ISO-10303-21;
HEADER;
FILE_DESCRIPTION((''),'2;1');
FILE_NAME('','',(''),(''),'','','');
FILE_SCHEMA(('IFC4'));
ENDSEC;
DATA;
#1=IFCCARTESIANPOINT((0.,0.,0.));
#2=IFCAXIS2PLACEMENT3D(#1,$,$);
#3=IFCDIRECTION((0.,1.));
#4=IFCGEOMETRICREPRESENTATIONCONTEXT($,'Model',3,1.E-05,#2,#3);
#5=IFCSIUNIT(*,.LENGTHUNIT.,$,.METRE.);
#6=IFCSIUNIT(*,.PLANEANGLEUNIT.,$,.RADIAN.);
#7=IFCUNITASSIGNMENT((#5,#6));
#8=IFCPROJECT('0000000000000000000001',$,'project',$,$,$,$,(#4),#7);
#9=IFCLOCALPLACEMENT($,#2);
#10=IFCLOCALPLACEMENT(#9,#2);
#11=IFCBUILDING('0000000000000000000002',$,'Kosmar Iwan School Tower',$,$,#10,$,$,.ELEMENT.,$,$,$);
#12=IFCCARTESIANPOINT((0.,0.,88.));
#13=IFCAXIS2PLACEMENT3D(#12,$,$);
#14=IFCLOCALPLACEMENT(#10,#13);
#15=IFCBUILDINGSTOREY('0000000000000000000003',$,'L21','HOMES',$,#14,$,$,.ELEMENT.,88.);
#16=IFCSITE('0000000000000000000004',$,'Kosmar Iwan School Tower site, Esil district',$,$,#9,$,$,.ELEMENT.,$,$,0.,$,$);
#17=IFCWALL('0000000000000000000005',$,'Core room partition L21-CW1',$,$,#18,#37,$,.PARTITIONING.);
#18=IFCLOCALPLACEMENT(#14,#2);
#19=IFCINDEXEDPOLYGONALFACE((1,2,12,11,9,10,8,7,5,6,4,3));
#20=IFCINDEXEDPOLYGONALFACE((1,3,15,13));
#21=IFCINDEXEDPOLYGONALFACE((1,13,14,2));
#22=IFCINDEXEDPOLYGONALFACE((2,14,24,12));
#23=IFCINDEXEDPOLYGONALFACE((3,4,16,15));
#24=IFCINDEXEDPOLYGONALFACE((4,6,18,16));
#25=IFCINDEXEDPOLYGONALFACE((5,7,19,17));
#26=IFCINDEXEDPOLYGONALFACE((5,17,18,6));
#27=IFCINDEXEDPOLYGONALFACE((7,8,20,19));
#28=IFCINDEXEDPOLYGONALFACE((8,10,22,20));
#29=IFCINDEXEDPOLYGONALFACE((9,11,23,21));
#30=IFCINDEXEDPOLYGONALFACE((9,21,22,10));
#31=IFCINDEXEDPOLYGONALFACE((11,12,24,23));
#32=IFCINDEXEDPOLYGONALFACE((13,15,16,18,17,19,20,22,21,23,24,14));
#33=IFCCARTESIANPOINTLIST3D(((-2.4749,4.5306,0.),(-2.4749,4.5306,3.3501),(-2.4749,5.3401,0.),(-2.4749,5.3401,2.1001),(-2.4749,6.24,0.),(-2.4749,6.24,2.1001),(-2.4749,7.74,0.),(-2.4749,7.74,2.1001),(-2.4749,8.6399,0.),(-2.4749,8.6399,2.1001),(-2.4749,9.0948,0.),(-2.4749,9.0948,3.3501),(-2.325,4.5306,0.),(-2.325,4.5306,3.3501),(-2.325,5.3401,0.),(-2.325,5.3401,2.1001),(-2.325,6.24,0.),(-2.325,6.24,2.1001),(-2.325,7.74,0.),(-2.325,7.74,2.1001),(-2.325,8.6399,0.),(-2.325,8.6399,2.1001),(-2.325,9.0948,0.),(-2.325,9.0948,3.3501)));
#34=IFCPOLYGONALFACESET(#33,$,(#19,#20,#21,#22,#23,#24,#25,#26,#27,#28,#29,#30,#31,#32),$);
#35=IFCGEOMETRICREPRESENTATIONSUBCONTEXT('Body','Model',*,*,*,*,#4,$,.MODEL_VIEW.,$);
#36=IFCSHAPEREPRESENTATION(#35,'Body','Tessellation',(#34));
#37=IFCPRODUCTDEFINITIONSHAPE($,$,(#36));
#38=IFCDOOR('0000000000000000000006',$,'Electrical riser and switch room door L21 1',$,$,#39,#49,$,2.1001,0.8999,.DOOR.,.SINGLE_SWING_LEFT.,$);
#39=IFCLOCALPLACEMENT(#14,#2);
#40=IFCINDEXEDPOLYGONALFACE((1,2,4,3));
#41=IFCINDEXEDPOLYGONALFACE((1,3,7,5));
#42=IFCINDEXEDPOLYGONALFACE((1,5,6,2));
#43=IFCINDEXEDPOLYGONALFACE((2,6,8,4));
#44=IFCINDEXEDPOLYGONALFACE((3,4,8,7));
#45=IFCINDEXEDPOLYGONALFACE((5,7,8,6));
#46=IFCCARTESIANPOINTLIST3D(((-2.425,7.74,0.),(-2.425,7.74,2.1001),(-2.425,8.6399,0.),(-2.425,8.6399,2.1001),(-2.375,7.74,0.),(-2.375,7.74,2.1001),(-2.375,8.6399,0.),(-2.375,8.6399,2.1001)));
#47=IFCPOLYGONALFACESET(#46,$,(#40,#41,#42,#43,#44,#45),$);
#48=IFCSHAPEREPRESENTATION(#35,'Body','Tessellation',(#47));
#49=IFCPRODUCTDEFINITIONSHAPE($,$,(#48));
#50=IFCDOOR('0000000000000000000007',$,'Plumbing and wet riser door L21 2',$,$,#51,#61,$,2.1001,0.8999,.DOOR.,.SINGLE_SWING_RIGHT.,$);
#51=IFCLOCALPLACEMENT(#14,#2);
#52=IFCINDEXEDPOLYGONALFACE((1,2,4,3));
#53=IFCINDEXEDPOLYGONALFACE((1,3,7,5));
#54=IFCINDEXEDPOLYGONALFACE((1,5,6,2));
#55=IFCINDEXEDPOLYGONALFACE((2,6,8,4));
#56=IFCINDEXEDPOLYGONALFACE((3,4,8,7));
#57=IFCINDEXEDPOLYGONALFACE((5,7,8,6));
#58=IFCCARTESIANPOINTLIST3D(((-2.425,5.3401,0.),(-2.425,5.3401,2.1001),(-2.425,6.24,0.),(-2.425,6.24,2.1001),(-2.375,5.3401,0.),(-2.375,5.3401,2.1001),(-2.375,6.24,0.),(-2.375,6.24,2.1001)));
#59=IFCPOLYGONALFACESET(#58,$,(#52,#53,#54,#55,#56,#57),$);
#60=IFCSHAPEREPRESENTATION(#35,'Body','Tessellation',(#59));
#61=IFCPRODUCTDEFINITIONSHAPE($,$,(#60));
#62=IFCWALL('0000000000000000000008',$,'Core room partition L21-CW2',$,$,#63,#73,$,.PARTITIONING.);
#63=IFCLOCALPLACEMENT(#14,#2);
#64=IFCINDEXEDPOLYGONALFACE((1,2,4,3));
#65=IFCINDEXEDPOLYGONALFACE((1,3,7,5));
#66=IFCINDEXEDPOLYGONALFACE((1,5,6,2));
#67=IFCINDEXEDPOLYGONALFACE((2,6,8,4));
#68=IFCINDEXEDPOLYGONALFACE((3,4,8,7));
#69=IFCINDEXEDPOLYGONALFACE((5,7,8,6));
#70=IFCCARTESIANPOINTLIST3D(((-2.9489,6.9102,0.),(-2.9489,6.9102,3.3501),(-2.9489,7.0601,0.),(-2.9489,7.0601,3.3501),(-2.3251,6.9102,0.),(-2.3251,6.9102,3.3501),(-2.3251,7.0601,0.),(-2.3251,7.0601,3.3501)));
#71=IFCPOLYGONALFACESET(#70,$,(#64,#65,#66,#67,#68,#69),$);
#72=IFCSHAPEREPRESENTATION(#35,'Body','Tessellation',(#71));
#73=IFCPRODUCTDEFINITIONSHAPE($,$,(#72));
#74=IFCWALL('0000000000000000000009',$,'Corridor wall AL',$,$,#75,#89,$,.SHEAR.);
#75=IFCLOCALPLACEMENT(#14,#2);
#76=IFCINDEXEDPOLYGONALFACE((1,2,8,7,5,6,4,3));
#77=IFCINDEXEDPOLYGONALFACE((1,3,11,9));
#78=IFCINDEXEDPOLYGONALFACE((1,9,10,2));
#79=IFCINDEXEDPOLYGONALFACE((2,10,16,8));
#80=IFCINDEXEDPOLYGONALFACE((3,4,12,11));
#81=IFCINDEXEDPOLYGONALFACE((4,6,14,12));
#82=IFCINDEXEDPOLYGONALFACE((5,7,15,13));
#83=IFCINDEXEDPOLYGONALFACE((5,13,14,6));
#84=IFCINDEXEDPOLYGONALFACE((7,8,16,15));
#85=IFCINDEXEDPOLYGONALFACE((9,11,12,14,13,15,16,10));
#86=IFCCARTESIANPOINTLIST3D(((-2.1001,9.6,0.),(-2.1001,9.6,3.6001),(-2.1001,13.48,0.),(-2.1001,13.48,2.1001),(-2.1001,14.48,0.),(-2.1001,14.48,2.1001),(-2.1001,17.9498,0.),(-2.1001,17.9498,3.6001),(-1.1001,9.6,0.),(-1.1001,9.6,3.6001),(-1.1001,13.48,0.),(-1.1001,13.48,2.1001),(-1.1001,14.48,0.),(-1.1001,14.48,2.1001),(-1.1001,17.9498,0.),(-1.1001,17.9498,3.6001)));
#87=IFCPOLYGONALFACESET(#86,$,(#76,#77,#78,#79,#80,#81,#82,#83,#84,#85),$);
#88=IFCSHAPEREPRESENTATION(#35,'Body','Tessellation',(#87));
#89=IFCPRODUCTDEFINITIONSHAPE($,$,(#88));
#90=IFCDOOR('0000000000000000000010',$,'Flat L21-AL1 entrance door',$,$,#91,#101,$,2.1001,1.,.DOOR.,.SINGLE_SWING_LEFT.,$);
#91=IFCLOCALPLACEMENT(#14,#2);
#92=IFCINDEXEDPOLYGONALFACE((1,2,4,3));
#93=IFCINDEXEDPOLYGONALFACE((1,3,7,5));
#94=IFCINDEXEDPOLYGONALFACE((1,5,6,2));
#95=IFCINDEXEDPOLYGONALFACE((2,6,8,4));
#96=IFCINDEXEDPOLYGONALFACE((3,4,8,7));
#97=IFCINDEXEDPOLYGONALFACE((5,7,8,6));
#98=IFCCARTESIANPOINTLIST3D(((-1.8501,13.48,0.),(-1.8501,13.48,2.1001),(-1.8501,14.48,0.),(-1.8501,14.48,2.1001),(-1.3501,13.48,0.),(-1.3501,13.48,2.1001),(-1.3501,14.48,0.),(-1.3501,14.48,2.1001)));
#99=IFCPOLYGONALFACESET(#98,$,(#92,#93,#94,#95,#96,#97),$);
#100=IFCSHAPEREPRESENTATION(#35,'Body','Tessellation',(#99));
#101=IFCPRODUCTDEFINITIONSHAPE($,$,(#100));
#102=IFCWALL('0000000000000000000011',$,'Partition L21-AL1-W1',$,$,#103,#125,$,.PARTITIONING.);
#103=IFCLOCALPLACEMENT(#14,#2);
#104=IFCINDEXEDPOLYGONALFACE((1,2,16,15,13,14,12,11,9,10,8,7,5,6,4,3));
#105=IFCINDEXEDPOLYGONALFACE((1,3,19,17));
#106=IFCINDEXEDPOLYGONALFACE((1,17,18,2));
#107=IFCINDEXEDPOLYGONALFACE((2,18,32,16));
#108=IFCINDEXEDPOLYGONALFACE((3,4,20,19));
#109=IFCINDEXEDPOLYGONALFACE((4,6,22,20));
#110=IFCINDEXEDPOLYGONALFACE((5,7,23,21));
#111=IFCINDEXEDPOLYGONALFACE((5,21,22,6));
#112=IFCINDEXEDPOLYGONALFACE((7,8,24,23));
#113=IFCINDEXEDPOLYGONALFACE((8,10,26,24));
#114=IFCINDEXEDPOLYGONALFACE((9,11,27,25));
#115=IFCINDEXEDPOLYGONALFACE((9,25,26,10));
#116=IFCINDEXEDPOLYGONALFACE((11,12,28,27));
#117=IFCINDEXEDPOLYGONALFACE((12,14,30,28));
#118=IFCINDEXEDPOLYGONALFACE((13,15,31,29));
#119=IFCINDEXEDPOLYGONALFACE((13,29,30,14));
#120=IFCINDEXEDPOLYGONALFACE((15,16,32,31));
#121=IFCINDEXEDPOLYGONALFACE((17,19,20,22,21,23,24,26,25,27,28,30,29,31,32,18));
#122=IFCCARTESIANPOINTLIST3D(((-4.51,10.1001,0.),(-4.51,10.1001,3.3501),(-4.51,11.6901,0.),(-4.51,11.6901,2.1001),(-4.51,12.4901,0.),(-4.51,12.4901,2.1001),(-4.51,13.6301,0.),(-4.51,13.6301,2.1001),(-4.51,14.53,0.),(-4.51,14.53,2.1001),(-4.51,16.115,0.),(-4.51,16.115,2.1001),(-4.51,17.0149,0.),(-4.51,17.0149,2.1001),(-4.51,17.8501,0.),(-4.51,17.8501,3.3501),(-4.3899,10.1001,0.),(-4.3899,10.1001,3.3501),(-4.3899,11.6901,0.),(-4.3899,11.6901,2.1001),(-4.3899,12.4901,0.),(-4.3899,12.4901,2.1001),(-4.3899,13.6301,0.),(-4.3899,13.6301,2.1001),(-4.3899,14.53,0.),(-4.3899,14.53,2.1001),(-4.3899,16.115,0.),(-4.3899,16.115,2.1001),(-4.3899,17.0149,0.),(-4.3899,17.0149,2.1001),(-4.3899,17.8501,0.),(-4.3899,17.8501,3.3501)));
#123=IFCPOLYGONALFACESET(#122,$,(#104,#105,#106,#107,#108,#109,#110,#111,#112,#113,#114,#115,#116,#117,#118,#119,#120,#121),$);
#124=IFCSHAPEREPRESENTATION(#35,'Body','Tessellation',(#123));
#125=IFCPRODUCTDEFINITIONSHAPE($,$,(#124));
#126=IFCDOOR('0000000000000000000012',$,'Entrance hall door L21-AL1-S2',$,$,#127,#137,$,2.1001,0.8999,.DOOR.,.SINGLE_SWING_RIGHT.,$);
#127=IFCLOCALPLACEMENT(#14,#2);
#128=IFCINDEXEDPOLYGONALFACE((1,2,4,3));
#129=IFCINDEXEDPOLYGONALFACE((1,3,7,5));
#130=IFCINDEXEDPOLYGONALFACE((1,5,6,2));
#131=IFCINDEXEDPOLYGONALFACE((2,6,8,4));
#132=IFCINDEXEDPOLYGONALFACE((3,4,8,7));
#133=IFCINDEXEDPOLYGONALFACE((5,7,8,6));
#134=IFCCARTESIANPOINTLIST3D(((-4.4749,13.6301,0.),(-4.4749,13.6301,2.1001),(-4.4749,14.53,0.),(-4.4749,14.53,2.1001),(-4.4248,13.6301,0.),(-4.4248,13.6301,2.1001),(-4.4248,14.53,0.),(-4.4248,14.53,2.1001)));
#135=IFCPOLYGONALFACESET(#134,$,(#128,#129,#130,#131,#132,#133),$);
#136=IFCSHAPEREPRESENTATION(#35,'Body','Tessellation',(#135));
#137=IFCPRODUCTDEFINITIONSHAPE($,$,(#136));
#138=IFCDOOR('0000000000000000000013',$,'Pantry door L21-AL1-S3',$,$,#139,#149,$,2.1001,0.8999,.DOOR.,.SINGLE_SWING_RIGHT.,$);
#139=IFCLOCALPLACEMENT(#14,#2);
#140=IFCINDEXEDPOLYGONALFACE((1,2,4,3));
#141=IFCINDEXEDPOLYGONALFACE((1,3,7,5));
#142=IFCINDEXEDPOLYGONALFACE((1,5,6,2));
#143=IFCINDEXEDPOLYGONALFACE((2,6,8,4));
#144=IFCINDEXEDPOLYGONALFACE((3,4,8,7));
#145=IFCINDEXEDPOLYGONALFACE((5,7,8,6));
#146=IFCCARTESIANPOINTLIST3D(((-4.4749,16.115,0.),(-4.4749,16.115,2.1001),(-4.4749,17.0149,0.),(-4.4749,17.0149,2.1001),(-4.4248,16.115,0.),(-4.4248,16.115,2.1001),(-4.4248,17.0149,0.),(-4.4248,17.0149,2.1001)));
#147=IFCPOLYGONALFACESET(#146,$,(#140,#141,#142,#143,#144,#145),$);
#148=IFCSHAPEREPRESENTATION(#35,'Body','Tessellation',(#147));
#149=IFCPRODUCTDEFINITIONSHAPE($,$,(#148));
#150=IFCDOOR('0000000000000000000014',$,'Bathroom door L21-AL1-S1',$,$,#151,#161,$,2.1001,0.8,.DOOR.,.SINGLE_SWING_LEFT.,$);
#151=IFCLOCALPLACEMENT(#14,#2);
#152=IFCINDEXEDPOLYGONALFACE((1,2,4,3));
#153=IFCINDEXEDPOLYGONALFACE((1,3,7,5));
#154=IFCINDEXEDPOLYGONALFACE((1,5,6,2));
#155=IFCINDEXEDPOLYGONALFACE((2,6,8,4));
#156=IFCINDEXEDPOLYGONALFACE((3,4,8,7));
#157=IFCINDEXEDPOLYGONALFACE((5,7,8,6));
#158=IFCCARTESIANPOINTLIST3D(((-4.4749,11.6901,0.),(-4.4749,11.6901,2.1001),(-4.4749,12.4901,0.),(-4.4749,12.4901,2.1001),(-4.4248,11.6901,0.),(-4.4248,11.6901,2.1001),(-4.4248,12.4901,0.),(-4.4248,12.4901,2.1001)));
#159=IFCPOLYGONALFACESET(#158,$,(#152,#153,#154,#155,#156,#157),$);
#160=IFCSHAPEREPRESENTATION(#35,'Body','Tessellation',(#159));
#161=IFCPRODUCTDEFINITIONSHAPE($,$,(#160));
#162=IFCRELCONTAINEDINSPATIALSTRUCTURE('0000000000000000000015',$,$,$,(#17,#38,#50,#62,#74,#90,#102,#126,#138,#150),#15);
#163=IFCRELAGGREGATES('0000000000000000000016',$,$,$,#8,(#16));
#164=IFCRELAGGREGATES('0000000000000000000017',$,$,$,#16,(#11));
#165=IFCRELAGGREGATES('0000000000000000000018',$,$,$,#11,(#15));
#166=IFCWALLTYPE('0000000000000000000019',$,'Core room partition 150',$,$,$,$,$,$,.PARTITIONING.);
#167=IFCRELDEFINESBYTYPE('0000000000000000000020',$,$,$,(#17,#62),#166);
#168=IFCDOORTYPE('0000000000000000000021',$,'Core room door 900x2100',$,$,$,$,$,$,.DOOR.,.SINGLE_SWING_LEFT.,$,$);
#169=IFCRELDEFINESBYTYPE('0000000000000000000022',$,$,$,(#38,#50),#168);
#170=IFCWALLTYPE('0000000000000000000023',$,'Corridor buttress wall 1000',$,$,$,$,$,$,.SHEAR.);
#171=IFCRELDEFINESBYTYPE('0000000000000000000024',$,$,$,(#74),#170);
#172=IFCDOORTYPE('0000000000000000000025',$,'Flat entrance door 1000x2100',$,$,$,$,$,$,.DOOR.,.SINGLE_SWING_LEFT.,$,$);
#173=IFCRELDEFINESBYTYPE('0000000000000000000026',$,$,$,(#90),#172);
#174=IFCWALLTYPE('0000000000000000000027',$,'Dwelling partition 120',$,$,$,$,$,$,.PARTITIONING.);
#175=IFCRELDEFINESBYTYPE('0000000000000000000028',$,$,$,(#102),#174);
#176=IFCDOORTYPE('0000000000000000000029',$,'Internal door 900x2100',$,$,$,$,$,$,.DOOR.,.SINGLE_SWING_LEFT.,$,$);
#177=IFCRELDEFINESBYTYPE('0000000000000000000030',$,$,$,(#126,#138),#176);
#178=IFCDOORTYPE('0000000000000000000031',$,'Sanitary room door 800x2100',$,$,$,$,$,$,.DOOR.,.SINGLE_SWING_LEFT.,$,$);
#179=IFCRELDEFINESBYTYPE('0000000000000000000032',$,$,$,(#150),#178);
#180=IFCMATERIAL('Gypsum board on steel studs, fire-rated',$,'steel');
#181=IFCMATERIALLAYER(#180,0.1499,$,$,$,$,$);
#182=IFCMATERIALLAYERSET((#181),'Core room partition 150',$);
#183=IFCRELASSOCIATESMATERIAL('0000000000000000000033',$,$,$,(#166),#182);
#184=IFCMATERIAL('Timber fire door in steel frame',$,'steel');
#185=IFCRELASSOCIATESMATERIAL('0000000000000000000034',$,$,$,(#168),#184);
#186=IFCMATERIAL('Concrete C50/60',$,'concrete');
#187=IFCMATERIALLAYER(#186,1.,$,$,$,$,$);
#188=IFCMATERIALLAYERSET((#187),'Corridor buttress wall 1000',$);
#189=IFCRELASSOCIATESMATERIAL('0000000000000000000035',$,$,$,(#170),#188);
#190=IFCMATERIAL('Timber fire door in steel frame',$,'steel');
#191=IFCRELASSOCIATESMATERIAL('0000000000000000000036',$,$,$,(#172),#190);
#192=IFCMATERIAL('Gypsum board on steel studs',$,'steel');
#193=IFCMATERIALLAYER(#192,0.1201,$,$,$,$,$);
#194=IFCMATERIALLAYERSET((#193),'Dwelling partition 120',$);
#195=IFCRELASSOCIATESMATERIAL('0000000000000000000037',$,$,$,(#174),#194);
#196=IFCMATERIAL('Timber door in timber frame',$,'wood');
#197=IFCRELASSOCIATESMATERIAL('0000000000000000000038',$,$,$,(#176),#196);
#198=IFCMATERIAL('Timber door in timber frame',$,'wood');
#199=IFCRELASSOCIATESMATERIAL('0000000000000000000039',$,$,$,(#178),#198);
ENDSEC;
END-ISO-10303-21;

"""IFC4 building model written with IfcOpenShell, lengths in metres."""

from ifc_helpers import new_model, si_unit, direction, frame, frame_2d, origin, place, context, subcontext, project, spatial, rectangle, extrude, material, layer, layer_set, type_object, element, fill, save


model = new_model("IFC4")

# Units and contexts
model_context = context("Model", 3, precision=1e-05, world=origin(), true_north=direction((0.0, 1.0)))
body_context = subcontext(model_context, "Body", "Model", "MODEL_VIEW")
ifc_project = project(units=[si_unit("LENGTHUNIT", "METRE"), si_unit("PLANEANGLEUNIT", "RADIAN")], contexts=[model_context])

# Site, building, storey
site_placement = place(None, origin())
site = spatial("IfcSite", under=ifc_project, at=site_placement, Name="Kosmar Iwan School Tower site, Esil district", CompositionType="ELEMENT", RefElevation=0.0)
building_placement = place(site_placement, origin())
building = spatial("IfcBuilding", under=site, at=building_placement, Name="Kosmar Iwan School Tower", CompositionType="ELEMENT")
storey_placement = place(building_placement, frame((0.0, 0.0, 88.0)))
storey = spatial("IfcBuildingStorey", under=building, at=storey_placement, Name="L21", Description="HOMES", CompositionType="ELEMENT", Elevation=88.0)

# Wall, openings, doors
ifc_material_1 = material(Name="Gypsum board on steel studs, fire-rated", Category="steel")
ifc_layer_1 = layer(ifc_material_1, 0.1499)
ifc_layer_set_1 = layer_set([ifc_layer_1], Name="Core room partition 150")
wall_type_1 = type_object("IfcWallType", Name="Core room partition 150", PredefinedType="PARTITIONING", material=ifc_layer_set_1)
wall_1_placement = place(storey_placement, frame((-2.3999, 9.095, 0.0), z_axis=(0.0, 0.0, 1.0), x_axis=(0.0, -1.0, 0.0)))
wall_1 = element("IfcWall", 1, at=wall_1_placement, inside=storey, type_object=wall_type_1, Name="Core room partition L21-CW1", PredefinedType="PARTITIONING", context=body_context, shape_type="SweptSolid", body=[
    extrude(rectangle(XDim=4.5642, YDim=0.1499, at=frame_2d((2.2822, 0.0))), origin(), (0.0, 0.0, 1.0), 3.3501),
])
opening_1_placement = place(wall_1_placement, frame((0.4551, 0.0, 0.0)))
opening_1 = element("IfcOpeningElement", 2, at=opening_1_placement, cuts=wall_1, PredefinedType="OPENING", context=body_context, shape_type="SweptSolid", body=[
    extrude(rectangle(XDim=0.8999, YDim=2.1001, at=frame_2d((0.45, 1.05))), frame((0.0, 0.0869, 0.0), z_axis=(0.0, -1.0, 0.0), x_axis=(1.0, 0.0, 0.0)), (0.0, 0.0, 1.0), 0.1738),
])
opening_2_placement = place(wall_1_placement, frame((2.855, 0.0, 0.0)))
opening_2 = element("IfcOpeningElement", 3, at=opening_2_placement, cuts=wall_1, PredefinedType="OPENING", context=body_context, shape_type="SweptSolid", body=[
    extrude(rectangle(XDim=0.8999, YDim=2.1001, at=frame_2d((0.45, 1.05))), frame((0.0, 0.0869, 0.0), z_axis=(0.0, -1.0, 0.0), x_axis=(1.0, 0.0, 0.0)), (0.0, 0.0, 1.0), 0.1738),
])
ifc_material_2 = material(Name="Timber fire door in steel frame", Category="steel")
door_type_1 = type_object("IfcDoorType", Name="Core room door 900x2100", OperationType="SINGLE_SWING_LEFT", PredefinedType="DOOR", material=ifc_material_2)
door_1_placement = place(opening_1_placement, origin())
door_1 = element("IfcDoor", 4, at=door_1_placement, inside=storey, type_object=door_type_1, Name="Electrical riser and switch room door L21 1", OperationType="SINGLE_SWING_LEFT", OverallHeight=2.1001, OverallWidth=0.8999, PredefinedType="DOOR", context=body_context, shape_type="SweptSolid", body=[
    extrude(rectangle(XDim=0.8999, YDim=2.1001, at=frame_2d((0.45, 1.05))), frame((0.0, 0.0249, 0.0), z_axis=(0.0, -1.0, 0.0), x_axis=(1.0, 0.0, 0.0)), (0.0, 0.0, 1.0), 0.05),
])
fill(opening_1, door_1)
door_2_placement = place(opening_2_placement, origin())
door_2 = element("IfcDoor", 5, at=door_2_placement, inside=storey, type_object=door_type_1, Name="Plumbing and wet riser door L21 2", OperationType="SINGLE_SWING_RIGHT", OverallHeight=2.1001, OverallWidth=0.8999, PredefinedType="DOOR", context=body_context, shape_type="SweptSolid", body=[
    extrude(rectangle(XDim=0.8999, YDim=2.1001, at=frame_2d((0.45, 1.05))), frame((0.0, 0.0249, 0.0), z_axis=(0.0, -1.0, 0.0), x_axis=(1.0, 0.0, 0.0)), (0.0, 0.0, 1.0), 0.05),
])
fill(opening_2, door_2)

# Wall
wall_2_placement = place(storey_placement, frame((-2.325, 6.9851, 0.0), z_axis=(0.0, 0.0, 1.0), x_axis=(-1.0, 0.0, 0.0)))
element("IfcWall", 6, at=wall_2_placement, inside=storey, type_object=wall_type_1, Name="Core room partition L21-CW2", PredefinedType="PARTITIONING", context=body_context, shape_type="SweptSolid", body=[
    extrude(rectangle(XDim=0.6238, YDim=0.1499, at=frame_2d((0.312, 0.0))), origin(), (0.0, 0.0, 1.0), 3.3501),
])

# Wall, opening, door
ifc_material_3 = material(Name="Concrete C50/60", Category="concrete")
ifc_layer_2 = layer(ifc_material_3, 1.0)
ifc_layer_set_2 = layer_set([ifc_layer_2], Name="Corridor buttress wall 1000")
wall_type_2 = type_object("IfcWallType", Name="Corridor buttress wall 1000", PredefinedType="SHEAR", material=ifc_layer_set_2)
wall_3_placement = place(storey_placement, frame((-1.6001, 9.6001, 0.0), z_axis=(0.0, 0.0, 1.0), x_axis=(0.0, 1.0, 0.0)))
wall_3 = element("IfcWall", 7, at=wall_3_placement, inside=storey, type_object=wall_type_2, Name="Corridor wall AL", PredefinedType="SHEAR", context=body_context, shape_type="SweptSolid", body=[
    extrude(rectangle(XDim=8.3499, YDim=1.0, at=frame_2d((4.1748, 0.0))), origin(), (0.0, 0.0, 1.0), 3.6001),
])
opening_3_placement = place(wall_3_placement, frame((3.8799, 0.0, 0.0)))
opening_3 = element("IfcOpeningElement", 8, at=opening_3_placement, cuts=wall_3, PredefinedType="OPENING", context=body_context, shape_type="SweptSolid", body=[
    extrude(rectangle(XDim=1.0, YDim=2.1001, at=frame_2d((0.5, 1.05))), frame((0.0, 0.512, 0.0), z_axis=(0.0, -1.0, 0.0), x_axis=(1.0, 0.0, 0.0)), (0.0, 0.0, 1.0), 1.0239),
])
ifc_material_4 = material(Name="Timber fire door in steel frame", Category="steel")
door_type_2 = type_object("IfcDoorType", Name="Flat entrance door 1000x2100", OperationType="SINGLE_SWING_LEFT", PredefinedType="DOOR", material=ifc_material_4)
door_3_placement = place(opening_3_placement, origin())
door_3 = element("IfcDoor", 9, at=door_3_placement, inside=storey, type_object=door_type_2, Name="Flat L21-AL1 entrance door", OperationType="SINGLE_SWING_LEFT", OverallHeight=2.1001, OverallWidth=1.0, PredefinedType="DOOR", context=body_context, shape_type="SweptSolid", body=[
    extrude(rectangle(XDim=1.0, YDim=2.1001, at=frame_2d((0.5, 1.05))), frame((0.0, 0.25, 0.0), z_axis=(0.0, -1.0, 0.0), x_axis=(1.0, 0.0, 0.0)), (0.0, 0.0, 1.0), 0.5),
])
fill(opening_3, door_3)

# Wall, openings, doors
ifc_material_5 = material(Name="Gypsum board on steel studs", Category="steel")
ifc_layer_3 = layer(ifc_material_5, 0.1201)
ifc_layer_set_3 = layer_set([ifc_layer_3], Name="Dwelling partition 120")
wall_type_3 = type_object("IfcWallType", Name="Dwelling partition 120", PredefinedType="PARTITIONING", material=ifc_layer_set_3)
wall_4_placement = place(storey_placement, frame((-4.45, 10.1001, 0.0), z_axis=(0.0, 0.0, 1.0), x_axis=(0.0, 1.0, 0.0)))
wall_4 = element("IfcWall", 10, at=wall_4_placement, inside=storey, type_object=wall_type_3, Name="Partition L21-AL1-W1", PredefinedType="PARTITIONING", context=body_context, shape_type="SweptSolid", body=[
    extrude(rectangle(XDim=7.75, YDim=0.1201, at=frame_2d((3.875, 0.0))), origin(), (0.0, 0.0, 1.0), 3.3501),
])
opening_4_placement = place(wall_4_placement, frame((1.5901, 0.0, 0.0)))
opening_4 = element("IfcOpeningElement", 11, at=opening_4_placement, cuts=wall_4, PredefinedType="OPENING", context=body_context, shape_type="SweptSolid", body=[
    extrude(rectangle(XDim=0.8, YDim=2.1001, at=frame_2d((0.3999, 1.05))), frame((0.0, 0.072, 0.0), z_axis=(0.0, -1.0, 0.0), x_axis=(1.0, 0.0, 0.0)), (0.0, 0.0, 1.0), 0.144),
])
opening_5_placement = place(wall_4_placement, frame((3.53, 0.0, 0.0)))
opening_5 = element("IfcOpeningElement", 12, at=opening_5_placement, cuts=wall_4, PredefinedType="OPENING", context=body_context, shape_type="SweptSolid", body=[
    extrude(rectangle(XDim=0.8999, YDim=2.1001, at=frame_2d((0.45, 1.05))), frame((0.0, 0.072, 0.0), z_axis=(0.0, -1.0, 0.0), x_axis=(1.0, 0.0, 0.0)), (0.0, 0.0, 1.0), 0.144),
])
opening_6_placement = place(wall_4_placement, frame((6.0149, 0.0, 0.0)))
opening_6 = element("IfcOpeningElement", 13, at=opening_6_placement, cuts=wall_4, PredefinedType="OPENING", context=body_context, shape_type="SweptSolid", body=[
    extrude(rectangle(XDim=0.8999, YDim=2.1001, at=frame_2d((0.45, 1.05))), frame((0.0, 0.072, 0.0), z_axis=(0.0, -1.0, 0.0), x_axis=(1.0, 0.0, 0.0)), (0.0, 0.0, 1.0), 0.144),
])
ifc_material_6 = material(Name="Timber door in timber frame", Category="wood")
door_type_3 = type_object("IfcDoorType", Name="Internal door 900x2100", OperationType="SINGLE_SWING_LEFT", PredefinedType="DOOR", material=ifc_material_6)
door_4_placement = place(opening_5_placement, origin())
door_4 = element("IfcDoor", 14, at=door_4_placement, inside=storey, type_object=door_type_3, Name="Entrance hall door L21-AL1-S2", OperationType="SINGLE_SWING_RIGHT", OverallHeight=2.1001, OverallWidth=0.8999, PredefinedType="DOOR", context=body_context, shape_type="SweptSolid", body=[
    extrude(rectangle(XDim=0.8999, YDim=2.1001, at=frame_2d((0.45, 1.05))), frame((0.0, 0.0249, 0.0), z_axis=(0.0, -1.0, 0.0), x_axis=(1.0, 0.0, 0.0)), (0.0, 0.0, 1.0), 0.05),
])
fill(opening_5, door_4)
door_5_placement = place(opening_6_placement, origin())
door_5 = element("IfcDoor", 15, at=door_5_placement, inside=storey, type_object=door_type_3, Name="Pantry door L21-AL1-S3", OperationType="SINGLE_SWING_RIGHT", OverallHeight=2.1001, OverallWidth=0.8999, PredefinedType="DOOR", context=body_context, shape_type="SweptSolid", body=[
    extrude(rectangle(XDim=0.8999, YDim=2.1001, at=frame_2d((0.45, 1.05))), frame((0.0, 0.0249, 0.0), z_axis=(0.0, -1.0, 0.0), x_axis=(1.0, 0.0, 0.0)), (0.0, 0.0, 1.0), 0.05),
])
fill(opening_6, door_5)
ifc_material_7 = material(Name="Timber door in timber frame", Category="wood")
door_type_4 = type_object("IfcDoorType", Name="Sanitary room door 800x2100", OperationType="SINGLE_SWING_LEFT", PredefinedType="DOOR", material=ifc_material_7)
door_6_placement = place(opening_4_placement, origin())
door_6 = element("IfcDoor", 16, at=door_6_placement, inside=storey, type_object=door_type_4, Name="Bathroom door L21-AL1-S1", OperationType="SINGLE_SWING_LEFT", OverallHeight=2.1001, OverallWidth=0.8, PredefinedType="DOOR", context=body_context, shape_type="SweptSolid", body=[
    extrude(rectangle(XDim=0.8, YDim=2.1001, at=frame_2d((0.3999, 1.05))), frame((0.0, 0.0249, 0.0), z_axis=(0.0, -1.0, 0.0), x_axis=(1.0, 0.0, 0.0)), (0.0, 0.0, 1.0), 0.05),
])
fill(opening_4, door_6)

save(model, "model.ifc")
